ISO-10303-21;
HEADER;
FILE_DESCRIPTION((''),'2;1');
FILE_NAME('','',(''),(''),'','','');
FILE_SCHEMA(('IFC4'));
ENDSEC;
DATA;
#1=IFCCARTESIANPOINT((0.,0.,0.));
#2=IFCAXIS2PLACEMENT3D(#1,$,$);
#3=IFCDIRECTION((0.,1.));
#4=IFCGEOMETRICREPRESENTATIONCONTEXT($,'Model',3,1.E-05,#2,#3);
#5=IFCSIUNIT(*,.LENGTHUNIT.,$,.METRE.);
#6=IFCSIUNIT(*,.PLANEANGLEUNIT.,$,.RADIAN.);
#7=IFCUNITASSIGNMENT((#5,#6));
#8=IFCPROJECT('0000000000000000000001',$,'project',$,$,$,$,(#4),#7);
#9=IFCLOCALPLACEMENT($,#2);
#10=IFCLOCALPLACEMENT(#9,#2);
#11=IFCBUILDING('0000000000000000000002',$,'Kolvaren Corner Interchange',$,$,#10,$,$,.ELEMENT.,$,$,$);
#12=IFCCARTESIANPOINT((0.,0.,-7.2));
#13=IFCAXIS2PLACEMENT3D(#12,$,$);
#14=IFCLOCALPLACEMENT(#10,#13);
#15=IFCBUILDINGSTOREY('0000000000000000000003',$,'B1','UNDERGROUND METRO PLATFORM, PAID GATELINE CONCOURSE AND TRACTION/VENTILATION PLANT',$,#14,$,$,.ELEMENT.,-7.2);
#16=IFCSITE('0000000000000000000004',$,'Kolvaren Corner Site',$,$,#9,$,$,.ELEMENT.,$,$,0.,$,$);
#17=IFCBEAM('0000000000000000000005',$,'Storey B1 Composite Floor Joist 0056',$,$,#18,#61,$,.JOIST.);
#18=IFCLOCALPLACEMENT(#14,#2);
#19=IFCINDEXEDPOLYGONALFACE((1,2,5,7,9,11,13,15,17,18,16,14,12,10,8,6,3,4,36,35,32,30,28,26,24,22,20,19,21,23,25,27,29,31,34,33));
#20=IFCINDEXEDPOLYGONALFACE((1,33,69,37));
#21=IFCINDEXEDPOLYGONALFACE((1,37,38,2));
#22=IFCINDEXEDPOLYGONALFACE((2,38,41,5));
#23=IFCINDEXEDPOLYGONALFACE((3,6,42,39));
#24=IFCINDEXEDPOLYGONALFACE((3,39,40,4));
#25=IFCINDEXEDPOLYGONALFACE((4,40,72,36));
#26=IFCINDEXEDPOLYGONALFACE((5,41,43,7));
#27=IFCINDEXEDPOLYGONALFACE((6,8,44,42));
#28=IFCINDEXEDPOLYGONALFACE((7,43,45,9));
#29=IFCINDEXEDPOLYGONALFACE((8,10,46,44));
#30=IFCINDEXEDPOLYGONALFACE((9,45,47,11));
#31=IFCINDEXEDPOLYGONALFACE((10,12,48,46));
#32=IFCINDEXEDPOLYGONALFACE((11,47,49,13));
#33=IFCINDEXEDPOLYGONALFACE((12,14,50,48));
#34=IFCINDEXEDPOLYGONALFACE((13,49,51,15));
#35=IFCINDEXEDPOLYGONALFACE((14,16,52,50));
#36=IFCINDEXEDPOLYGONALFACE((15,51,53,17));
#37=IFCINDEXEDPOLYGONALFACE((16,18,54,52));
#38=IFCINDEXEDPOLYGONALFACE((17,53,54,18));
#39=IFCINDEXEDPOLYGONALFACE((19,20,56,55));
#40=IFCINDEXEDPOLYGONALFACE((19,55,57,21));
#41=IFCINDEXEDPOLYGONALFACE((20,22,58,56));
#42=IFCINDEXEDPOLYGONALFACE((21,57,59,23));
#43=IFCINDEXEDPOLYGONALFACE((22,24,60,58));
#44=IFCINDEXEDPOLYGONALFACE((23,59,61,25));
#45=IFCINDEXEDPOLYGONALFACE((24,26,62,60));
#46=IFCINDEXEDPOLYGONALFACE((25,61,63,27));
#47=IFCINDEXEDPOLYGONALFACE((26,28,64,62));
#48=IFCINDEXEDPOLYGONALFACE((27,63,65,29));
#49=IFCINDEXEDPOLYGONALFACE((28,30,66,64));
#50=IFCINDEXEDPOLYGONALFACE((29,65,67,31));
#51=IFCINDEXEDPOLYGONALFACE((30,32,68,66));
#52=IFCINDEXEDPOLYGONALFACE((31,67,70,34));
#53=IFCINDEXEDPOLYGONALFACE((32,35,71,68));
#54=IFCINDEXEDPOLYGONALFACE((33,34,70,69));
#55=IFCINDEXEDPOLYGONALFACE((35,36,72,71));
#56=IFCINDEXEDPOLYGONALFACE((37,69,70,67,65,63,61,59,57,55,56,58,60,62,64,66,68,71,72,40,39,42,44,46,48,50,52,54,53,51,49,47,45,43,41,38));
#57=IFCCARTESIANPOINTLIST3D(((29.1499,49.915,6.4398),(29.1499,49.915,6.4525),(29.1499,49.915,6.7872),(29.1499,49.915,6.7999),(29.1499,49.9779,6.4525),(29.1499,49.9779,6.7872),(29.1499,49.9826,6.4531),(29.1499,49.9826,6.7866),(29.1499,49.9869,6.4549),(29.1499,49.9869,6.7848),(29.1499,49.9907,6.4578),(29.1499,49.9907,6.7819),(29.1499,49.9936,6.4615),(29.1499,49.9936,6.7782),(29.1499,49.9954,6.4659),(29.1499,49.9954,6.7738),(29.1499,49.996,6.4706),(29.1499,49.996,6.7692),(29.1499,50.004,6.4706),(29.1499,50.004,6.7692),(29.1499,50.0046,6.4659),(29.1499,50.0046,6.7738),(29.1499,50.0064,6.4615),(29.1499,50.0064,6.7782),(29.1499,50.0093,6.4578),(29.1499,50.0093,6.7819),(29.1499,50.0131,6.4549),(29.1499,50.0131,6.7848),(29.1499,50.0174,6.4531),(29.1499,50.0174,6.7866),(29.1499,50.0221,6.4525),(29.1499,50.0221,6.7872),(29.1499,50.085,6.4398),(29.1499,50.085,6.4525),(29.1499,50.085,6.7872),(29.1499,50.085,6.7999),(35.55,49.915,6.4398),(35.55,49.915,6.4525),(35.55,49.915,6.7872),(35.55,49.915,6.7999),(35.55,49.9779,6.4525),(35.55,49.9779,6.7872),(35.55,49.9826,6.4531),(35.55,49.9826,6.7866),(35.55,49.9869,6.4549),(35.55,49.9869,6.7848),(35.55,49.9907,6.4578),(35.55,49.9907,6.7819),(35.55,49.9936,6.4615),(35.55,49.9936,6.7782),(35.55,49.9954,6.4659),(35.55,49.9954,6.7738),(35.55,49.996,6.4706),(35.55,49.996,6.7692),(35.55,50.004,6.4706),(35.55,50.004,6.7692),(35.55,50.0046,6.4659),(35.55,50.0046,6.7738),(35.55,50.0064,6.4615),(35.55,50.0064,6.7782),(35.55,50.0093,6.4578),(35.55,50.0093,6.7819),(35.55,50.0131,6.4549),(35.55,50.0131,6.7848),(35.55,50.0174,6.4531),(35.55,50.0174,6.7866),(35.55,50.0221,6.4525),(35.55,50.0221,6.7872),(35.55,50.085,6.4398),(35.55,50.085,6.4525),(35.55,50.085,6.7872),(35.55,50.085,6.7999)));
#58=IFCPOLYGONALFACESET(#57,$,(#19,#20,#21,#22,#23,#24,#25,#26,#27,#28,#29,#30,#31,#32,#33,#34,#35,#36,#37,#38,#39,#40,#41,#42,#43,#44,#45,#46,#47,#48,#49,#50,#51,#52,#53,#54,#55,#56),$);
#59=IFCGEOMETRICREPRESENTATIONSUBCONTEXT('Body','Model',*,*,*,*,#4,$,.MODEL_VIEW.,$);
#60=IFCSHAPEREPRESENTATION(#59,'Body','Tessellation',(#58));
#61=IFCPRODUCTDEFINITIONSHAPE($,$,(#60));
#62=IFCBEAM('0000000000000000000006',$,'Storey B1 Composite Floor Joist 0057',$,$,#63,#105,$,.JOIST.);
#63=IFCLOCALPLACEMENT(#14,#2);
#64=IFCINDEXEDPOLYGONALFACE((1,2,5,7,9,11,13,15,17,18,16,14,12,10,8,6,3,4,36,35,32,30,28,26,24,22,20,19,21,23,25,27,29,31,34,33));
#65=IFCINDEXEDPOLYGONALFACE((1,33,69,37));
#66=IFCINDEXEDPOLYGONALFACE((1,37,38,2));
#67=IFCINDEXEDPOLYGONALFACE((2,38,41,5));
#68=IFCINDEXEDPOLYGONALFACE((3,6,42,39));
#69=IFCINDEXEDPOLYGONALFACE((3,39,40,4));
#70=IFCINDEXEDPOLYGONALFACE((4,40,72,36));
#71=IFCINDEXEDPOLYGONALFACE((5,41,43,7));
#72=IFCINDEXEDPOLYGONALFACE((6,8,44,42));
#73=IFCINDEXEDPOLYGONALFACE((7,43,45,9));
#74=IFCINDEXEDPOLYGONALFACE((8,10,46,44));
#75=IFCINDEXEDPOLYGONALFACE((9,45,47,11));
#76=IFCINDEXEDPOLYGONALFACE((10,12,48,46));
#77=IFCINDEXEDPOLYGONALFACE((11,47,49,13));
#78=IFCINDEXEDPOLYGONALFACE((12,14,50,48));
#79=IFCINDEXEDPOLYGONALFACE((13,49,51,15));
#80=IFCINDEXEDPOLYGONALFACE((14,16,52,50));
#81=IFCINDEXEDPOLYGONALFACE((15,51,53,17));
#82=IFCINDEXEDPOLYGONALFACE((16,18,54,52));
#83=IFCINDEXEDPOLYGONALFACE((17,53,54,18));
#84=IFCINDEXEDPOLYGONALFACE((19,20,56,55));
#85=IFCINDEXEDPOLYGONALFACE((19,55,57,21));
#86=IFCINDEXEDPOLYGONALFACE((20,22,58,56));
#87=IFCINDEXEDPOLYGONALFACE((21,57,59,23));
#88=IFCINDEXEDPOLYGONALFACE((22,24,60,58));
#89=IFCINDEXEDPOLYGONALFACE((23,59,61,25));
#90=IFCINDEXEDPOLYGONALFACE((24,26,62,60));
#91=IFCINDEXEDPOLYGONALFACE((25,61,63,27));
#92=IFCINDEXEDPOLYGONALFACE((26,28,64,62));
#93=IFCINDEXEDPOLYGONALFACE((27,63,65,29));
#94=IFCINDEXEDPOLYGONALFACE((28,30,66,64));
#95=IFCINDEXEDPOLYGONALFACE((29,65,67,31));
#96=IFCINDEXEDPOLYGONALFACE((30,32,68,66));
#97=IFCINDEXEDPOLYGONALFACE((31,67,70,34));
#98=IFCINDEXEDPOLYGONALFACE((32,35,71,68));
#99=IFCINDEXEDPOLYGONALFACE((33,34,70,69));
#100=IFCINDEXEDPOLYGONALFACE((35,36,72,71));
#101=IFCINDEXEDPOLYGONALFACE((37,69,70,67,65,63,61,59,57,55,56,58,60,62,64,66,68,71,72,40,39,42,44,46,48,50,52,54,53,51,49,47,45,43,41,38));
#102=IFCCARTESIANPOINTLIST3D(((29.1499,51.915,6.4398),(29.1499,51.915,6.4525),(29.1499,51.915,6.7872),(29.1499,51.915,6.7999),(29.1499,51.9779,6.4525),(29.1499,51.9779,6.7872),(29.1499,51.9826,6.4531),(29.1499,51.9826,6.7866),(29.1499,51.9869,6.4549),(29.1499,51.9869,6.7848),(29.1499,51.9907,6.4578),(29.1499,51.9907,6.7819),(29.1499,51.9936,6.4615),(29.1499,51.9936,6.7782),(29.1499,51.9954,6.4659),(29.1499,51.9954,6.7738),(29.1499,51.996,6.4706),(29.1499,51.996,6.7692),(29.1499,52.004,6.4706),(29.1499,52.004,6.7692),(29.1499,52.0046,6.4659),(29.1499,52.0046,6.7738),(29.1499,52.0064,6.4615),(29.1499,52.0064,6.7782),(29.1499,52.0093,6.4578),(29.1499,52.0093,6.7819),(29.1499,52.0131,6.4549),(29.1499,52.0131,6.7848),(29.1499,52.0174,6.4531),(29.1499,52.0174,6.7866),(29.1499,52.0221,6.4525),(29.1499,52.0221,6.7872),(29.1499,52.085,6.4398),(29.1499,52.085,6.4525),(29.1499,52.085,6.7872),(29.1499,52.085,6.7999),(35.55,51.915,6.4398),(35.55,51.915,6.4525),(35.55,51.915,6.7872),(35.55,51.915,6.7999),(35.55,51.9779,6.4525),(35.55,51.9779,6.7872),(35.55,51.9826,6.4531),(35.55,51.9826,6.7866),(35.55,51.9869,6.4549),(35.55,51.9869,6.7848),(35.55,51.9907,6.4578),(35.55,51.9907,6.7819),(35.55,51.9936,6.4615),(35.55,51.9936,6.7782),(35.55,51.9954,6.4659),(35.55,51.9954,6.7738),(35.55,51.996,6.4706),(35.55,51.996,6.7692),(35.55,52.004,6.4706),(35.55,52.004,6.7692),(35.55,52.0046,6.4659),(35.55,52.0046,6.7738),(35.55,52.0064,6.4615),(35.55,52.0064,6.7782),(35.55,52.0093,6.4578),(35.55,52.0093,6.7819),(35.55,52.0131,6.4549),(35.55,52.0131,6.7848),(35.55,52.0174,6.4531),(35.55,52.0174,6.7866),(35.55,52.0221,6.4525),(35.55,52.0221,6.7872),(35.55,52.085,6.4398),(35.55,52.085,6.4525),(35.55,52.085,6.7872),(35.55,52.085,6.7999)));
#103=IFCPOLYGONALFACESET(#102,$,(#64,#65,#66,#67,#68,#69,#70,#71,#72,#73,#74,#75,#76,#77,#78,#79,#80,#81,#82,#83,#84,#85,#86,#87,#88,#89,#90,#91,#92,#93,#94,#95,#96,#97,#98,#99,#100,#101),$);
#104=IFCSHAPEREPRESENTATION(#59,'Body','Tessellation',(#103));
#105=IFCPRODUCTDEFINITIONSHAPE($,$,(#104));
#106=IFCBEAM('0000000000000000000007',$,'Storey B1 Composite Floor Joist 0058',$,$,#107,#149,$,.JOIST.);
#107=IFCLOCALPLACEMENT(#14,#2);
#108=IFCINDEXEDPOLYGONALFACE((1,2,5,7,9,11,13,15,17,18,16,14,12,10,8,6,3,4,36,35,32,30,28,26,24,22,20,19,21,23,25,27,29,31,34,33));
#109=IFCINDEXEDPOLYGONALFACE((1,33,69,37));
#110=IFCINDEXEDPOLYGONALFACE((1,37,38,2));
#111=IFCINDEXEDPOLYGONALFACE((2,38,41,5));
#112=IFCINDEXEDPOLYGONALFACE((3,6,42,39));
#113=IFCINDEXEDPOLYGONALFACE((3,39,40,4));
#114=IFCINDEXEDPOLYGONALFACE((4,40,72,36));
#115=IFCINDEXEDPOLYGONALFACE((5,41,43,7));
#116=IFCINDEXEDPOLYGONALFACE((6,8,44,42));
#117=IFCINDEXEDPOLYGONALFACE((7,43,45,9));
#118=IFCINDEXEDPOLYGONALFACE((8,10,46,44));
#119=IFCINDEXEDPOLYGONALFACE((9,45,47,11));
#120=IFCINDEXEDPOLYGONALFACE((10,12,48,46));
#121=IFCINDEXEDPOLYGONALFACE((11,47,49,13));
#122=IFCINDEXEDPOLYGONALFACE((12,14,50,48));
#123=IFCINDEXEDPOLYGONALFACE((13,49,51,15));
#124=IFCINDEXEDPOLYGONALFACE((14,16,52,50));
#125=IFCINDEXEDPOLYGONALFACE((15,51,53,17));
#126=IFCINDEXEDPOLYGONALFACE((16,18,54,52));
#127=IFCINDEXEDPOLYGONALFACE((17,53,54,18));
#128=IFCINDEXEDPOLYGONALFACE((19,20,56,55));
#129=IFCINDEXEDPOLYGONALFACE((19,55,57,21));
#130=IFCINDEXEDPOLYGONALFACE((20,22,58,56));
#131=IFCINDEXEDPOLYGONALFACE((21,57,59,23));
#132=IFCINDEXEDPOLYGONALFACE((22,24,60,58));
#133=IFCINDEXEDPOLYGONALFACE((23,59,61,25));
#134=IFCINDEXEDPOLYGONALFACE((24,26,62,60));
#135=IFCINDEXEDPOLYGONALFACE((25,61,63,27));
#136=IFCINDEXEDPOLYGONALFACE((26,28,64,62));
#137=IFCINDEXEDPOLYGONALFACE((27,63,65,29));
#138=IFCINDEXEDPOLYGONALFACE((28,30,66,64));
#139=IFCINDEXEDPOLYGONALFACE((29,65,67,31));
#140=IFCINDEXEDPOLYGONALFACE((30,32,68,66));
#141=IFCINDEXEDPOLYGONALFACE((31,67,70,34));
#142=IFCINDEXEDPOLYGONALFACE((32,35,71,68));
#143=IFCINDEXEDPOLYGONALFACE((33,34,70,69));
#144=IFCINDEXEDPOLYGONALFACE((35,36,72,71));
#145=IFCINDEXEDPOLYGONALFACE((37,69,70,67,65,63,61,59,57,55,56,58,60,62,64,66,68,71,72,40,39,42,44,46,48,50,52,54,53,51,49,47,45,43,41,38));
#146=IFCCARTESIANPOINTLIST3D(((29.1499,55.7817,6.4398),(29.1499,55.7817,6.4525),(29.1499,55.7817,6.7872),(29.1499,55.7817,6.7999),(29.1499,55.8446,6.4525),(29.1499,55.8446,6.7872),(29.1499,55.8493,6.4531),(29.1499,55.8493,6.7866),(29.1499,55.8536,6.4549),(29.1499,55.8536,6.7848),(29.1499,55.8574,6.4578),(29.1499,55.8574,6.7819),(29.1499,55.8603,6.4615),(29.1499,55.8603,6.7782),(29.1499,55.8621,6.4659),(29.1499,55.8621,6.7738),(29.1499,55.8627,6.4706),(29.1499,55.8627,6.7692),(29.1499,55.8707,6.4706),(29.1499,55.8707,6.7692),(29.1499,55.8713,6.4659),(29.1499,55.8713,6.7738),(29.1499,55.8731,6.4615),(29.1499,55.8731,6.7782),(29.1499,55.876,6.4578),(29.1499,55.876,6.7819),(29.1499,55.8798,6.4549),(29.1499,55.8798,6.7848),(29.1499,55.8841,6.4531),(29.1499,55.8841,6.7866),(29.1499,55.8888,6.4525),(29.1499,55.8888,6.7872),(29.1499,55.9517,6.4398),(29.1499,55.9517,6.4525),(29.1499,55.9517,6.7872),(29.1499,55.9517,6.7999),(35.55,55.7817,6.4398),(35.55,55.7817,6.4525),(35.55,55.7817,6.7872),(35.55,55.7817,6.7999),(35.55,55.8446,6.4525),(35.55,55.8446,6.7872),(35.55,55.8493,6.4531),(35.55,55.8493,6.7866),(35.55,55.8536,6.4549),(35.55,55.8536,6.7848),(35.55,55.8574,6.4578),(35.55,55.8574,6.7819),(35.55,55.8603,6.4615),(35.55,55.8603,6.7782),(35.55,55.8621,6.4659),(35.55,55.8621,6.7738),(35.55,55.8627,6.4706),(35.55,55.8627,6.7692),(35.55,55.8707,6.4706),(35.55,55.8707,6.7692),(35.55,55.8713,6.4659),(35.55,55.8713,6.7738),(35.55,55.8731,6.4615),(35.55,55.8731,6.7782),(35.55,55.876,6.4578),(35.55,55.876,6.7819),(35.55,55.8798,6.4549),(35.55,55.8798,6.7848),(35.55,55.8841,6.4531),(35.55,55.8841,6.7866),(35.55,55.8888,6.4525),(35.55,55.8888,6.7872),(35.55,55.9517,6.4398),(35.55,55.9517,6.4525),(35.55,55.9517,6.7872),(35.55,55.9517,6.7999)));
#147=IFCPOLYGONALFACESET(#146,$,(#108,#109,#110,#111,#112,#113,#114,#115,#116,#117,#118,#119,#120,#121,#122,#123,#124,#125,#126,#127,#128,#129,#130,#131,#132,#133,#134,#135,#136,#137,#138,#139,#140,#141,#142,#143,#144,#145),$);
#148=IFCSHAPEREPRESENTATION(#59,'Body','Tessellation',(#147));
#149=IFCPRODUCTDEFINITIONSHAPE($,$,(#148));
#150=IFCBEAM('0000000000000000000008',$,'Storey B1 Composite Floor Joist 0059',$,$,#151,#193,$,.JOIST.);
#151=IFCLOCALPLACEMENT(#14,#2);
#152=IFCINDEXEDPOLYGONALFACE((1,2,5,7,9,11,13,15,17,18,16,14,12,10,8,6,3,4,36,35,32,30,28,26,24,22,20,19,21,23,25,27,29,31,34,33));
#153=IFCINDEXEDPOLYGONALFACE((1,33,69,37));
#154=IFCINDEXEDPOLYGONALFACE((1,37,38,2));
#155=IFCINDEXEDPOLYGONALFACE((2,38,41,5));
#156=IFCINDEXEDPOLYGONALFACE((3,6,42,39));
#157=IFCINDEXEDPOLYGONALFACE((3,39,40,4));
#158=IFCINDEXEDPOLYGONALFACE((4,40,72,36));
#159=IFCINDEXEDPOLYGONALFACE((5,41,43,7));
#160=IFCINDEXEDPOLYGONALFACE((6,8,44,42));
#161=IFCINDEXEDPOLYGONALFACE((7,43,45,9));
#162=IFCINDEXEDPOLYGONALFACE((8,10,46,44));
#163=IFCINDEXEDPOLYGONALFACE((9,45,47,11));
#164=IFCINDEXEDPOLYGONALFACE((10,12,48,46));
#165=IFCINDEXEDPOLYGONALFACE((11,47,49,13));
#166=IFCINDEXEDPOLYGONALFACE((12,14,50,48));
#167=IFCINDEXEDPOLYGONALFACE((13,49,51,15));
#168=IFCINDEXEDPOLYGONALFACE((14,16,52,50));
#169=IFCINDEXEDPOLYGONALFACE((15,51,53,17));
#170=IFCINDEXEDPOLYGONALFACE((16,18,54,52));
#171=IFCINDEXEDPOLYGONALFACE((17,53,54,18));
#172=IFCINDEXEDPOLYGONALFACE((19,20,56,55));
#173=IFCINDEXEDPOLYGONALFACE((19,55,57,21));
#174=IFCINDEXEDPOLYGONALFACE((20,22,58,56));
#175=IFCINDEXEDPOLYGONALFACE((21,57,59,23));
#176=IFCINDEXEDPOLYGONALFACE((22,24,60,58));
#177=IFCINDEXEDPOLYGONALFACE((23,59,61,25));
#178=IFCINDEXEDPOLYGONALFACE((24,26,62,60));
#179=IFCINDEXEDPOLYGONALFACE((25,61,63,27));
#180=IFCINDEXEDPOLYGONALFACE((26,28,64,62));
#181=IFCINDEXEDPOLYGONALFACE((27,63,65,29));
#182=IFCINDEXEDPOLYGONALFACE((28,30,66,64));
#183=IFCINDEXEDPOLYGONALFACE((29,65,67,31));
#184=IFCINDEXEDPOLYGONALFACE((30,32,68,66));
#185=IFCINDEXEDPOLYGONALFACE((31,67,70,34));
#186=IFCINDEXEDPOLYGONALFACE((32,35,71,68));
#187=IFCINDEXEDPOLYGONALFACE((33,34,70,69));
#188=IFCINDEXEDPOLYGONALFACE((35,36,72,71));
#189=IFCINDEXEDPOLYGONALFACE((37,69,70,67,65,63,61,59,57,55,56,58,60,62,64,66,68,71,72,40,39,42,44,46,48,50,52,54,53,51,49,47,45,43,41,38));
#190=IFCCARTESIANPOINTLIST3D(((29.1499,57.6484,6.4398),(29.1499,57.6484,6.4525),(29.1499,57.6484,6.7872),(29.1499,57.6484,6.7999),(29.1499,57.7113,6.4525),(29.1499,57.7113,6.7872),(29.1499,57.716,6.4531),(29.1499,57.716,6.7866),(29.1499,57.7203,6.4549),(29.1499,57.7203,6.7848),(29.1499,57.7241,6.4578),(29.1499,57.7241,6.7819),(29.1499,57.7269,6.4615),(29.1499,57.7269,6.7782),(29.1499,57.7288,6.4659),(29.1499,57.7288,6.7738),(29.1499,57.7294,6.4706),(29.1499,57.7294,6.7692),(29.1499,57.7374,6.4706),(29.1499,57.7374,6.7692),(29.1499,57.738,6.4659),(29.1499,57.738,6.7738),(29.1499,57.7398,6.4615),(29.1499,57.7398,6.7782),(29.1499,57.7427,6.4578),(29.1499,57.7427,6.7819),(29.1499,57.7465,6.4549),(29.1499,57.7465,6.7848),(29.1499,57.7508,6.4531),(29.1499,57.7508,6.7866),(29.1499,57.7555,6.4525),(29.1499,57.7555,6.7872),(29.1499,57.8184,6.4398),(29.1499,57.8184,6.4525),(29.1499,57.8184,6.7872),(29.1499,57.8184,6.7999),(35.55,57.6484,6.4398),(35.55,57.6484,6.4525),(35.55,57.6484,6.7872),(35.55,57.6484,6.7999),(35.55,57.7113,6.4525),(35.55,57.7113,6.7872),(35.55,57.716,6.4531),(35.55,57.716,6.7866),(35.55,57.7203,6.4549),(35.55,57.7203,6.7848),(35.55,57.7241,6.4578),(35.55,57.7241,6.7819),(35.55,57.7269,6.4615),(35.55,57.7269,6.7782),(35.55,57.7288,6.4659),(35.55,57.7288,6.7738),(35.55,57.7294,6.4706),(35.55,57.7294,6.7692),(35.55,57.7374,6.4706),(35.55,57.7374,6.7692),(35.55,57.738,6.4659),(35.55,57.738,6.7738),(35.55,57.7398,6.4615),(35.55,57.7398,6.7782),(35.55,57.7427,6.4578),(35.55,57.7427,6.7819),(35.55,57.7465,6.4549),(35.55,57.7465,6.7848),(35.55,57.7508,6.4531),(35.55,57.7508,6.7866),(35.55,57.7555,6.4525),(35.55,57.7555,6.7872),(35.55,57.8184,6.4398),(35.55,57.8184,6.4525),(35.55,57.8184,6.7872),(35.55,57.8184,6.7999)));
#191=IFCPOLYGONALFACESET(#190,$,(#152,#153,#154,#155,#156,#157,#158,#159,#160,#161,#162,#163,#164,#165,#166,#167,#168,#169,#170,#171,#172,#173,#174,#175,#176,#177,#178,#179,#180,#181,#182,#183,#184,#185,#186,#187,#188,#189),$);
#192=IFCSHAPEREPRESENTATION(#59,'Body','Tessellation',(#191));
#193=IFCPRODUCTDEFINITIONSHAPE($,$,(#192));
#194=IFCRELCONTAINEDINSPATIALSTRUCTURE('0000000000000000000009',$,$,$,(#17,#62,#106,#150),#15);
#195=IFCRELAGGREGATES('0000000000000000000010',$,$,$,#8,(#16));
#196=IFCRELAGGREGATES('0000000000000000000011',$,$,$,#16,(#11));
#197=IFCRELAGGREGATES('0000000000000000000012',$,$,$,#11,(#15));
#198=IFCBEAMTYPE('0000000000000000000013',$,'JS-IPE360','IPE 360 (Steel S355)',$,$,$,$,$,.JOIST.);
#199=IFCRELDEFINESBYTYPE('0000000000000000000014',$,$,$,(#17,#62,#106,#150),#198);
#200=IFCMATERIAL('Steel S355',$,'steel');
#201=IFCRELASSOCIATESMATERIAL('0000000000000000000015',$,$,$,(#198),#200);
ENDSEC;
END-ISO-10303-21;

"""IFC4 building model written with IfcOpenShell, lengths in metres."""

from ifc_helpers import new_model, si_unit, direction, frame, origin, origin_2d, place, context, subcontext, project, spatial, i_section, extrude, material, material_profile, profile_set, type_object, element, save


model = new_model("IFC4")

# Units and contexts
model_context = context("Model", 3, precision=1e-05, world=origin(), true_north=direction((0.0, 1.0)))
body_context = subcontext(model_context, "Body", "Model", "MODEL_VIEW")
ifc_project = project(units=[si_unit("LENGTHUNIT", "METRE"), si_unit("PLANEANGLEUNIT", "RADIAN")], contexts=[model_context])

# Site, building, storey
site_placement = place(None, origin())
site = spatial("IfcSite", under=ifc_project, at=site_placement, Name="Kolvaren Corner Site", CompositionType="ELEMENT", RefElevation=0.0)
building_placement = place(site_placement, origin())
building = spatial("IfcBuilding", under=site, at=building_placement, Name="Kolvaren Corner Interchange", CompositionType="ELEMENT")
storey_placement = place(building_placement, frame((0.0, 0.0, -7.2)))
storey = spatial("IfcBuildingStorey", under=building, at=storey_placement, Name="B1", Description="UNDERGROUND METRO PLATFORM, PAID GATELINE CONCOURSE AND TRACTION/VENTILATION PLANT", CompositionType="ELEMENT", Elevation=-7.2)

# Beams
ifc_material_1 = material(Name="Steel S355", Category="steel")
ifc_material_profile_1 = material_profile(ifc_material_1, i_section(OverallWidth=0.1699, OverallDepth=0.3601, WebThickness=0.0081, FlangeThickness=0.0127, FilletRadius=0.0181, at=origin_2d()), Name="IPE 360")
ifc_profile_set_1 = profile_set([ifc_material_profile_1], Name="Steel S355")
beam_type_1 = type_object("IfcBeamType", Name="JS-IPE360", Description="IPE 360 (Steel S355)", PredefinedType="JOIST", material=ifc_profile_set_1)
for number, where, z_axis, x_axis, name in (
    (1, (29.1499, 50.0, 6.6199), (1.0, 0.0, 0.0), (0.0, 1.0, 0.0), "Storey B1 Composite Floor Joist 0056"),
    (2, (29.1499, 52.0, 6.6199), (1.0, 0.0, 0.0), (0.0, 1.0, 0.0), "Storey B1 Composite Floor Joist 0057"),
    (3, (29.1499, 55.8667, 6.6199), (1.0, 0.0, 0.0), (0.0, 1.0, 0.0), "Storey B1 Composite Floor Joist 0058"),
    (4, (29.1499, 57.7334, 6.6199), (1.0, 0.0, 0.0), (0.0, 1.0, 0.0), "Storey B1 Composite Floor Joist 0059"),
):
    element("IfcBeam", number, at=place(storey_placement, frame(where, z_axis=z_axis, x_axis=x_axis)), inside=storey, type_object=beam_type_1, Name=name, PredefinedType="JOIST", context=body_context, shape_type="SweptSolid", body=[
        extrude(i_section(OverallWidth=0.1699, OverallDepth=0.3601, WebThickness=0.0081, FlangeThickness=0.0127, FilletRadius=0.0181, at=origin_2d()), origin(), (0.0, 0.0, 1.0), 6.4001),
    ])

save(model, "model.ifc")
